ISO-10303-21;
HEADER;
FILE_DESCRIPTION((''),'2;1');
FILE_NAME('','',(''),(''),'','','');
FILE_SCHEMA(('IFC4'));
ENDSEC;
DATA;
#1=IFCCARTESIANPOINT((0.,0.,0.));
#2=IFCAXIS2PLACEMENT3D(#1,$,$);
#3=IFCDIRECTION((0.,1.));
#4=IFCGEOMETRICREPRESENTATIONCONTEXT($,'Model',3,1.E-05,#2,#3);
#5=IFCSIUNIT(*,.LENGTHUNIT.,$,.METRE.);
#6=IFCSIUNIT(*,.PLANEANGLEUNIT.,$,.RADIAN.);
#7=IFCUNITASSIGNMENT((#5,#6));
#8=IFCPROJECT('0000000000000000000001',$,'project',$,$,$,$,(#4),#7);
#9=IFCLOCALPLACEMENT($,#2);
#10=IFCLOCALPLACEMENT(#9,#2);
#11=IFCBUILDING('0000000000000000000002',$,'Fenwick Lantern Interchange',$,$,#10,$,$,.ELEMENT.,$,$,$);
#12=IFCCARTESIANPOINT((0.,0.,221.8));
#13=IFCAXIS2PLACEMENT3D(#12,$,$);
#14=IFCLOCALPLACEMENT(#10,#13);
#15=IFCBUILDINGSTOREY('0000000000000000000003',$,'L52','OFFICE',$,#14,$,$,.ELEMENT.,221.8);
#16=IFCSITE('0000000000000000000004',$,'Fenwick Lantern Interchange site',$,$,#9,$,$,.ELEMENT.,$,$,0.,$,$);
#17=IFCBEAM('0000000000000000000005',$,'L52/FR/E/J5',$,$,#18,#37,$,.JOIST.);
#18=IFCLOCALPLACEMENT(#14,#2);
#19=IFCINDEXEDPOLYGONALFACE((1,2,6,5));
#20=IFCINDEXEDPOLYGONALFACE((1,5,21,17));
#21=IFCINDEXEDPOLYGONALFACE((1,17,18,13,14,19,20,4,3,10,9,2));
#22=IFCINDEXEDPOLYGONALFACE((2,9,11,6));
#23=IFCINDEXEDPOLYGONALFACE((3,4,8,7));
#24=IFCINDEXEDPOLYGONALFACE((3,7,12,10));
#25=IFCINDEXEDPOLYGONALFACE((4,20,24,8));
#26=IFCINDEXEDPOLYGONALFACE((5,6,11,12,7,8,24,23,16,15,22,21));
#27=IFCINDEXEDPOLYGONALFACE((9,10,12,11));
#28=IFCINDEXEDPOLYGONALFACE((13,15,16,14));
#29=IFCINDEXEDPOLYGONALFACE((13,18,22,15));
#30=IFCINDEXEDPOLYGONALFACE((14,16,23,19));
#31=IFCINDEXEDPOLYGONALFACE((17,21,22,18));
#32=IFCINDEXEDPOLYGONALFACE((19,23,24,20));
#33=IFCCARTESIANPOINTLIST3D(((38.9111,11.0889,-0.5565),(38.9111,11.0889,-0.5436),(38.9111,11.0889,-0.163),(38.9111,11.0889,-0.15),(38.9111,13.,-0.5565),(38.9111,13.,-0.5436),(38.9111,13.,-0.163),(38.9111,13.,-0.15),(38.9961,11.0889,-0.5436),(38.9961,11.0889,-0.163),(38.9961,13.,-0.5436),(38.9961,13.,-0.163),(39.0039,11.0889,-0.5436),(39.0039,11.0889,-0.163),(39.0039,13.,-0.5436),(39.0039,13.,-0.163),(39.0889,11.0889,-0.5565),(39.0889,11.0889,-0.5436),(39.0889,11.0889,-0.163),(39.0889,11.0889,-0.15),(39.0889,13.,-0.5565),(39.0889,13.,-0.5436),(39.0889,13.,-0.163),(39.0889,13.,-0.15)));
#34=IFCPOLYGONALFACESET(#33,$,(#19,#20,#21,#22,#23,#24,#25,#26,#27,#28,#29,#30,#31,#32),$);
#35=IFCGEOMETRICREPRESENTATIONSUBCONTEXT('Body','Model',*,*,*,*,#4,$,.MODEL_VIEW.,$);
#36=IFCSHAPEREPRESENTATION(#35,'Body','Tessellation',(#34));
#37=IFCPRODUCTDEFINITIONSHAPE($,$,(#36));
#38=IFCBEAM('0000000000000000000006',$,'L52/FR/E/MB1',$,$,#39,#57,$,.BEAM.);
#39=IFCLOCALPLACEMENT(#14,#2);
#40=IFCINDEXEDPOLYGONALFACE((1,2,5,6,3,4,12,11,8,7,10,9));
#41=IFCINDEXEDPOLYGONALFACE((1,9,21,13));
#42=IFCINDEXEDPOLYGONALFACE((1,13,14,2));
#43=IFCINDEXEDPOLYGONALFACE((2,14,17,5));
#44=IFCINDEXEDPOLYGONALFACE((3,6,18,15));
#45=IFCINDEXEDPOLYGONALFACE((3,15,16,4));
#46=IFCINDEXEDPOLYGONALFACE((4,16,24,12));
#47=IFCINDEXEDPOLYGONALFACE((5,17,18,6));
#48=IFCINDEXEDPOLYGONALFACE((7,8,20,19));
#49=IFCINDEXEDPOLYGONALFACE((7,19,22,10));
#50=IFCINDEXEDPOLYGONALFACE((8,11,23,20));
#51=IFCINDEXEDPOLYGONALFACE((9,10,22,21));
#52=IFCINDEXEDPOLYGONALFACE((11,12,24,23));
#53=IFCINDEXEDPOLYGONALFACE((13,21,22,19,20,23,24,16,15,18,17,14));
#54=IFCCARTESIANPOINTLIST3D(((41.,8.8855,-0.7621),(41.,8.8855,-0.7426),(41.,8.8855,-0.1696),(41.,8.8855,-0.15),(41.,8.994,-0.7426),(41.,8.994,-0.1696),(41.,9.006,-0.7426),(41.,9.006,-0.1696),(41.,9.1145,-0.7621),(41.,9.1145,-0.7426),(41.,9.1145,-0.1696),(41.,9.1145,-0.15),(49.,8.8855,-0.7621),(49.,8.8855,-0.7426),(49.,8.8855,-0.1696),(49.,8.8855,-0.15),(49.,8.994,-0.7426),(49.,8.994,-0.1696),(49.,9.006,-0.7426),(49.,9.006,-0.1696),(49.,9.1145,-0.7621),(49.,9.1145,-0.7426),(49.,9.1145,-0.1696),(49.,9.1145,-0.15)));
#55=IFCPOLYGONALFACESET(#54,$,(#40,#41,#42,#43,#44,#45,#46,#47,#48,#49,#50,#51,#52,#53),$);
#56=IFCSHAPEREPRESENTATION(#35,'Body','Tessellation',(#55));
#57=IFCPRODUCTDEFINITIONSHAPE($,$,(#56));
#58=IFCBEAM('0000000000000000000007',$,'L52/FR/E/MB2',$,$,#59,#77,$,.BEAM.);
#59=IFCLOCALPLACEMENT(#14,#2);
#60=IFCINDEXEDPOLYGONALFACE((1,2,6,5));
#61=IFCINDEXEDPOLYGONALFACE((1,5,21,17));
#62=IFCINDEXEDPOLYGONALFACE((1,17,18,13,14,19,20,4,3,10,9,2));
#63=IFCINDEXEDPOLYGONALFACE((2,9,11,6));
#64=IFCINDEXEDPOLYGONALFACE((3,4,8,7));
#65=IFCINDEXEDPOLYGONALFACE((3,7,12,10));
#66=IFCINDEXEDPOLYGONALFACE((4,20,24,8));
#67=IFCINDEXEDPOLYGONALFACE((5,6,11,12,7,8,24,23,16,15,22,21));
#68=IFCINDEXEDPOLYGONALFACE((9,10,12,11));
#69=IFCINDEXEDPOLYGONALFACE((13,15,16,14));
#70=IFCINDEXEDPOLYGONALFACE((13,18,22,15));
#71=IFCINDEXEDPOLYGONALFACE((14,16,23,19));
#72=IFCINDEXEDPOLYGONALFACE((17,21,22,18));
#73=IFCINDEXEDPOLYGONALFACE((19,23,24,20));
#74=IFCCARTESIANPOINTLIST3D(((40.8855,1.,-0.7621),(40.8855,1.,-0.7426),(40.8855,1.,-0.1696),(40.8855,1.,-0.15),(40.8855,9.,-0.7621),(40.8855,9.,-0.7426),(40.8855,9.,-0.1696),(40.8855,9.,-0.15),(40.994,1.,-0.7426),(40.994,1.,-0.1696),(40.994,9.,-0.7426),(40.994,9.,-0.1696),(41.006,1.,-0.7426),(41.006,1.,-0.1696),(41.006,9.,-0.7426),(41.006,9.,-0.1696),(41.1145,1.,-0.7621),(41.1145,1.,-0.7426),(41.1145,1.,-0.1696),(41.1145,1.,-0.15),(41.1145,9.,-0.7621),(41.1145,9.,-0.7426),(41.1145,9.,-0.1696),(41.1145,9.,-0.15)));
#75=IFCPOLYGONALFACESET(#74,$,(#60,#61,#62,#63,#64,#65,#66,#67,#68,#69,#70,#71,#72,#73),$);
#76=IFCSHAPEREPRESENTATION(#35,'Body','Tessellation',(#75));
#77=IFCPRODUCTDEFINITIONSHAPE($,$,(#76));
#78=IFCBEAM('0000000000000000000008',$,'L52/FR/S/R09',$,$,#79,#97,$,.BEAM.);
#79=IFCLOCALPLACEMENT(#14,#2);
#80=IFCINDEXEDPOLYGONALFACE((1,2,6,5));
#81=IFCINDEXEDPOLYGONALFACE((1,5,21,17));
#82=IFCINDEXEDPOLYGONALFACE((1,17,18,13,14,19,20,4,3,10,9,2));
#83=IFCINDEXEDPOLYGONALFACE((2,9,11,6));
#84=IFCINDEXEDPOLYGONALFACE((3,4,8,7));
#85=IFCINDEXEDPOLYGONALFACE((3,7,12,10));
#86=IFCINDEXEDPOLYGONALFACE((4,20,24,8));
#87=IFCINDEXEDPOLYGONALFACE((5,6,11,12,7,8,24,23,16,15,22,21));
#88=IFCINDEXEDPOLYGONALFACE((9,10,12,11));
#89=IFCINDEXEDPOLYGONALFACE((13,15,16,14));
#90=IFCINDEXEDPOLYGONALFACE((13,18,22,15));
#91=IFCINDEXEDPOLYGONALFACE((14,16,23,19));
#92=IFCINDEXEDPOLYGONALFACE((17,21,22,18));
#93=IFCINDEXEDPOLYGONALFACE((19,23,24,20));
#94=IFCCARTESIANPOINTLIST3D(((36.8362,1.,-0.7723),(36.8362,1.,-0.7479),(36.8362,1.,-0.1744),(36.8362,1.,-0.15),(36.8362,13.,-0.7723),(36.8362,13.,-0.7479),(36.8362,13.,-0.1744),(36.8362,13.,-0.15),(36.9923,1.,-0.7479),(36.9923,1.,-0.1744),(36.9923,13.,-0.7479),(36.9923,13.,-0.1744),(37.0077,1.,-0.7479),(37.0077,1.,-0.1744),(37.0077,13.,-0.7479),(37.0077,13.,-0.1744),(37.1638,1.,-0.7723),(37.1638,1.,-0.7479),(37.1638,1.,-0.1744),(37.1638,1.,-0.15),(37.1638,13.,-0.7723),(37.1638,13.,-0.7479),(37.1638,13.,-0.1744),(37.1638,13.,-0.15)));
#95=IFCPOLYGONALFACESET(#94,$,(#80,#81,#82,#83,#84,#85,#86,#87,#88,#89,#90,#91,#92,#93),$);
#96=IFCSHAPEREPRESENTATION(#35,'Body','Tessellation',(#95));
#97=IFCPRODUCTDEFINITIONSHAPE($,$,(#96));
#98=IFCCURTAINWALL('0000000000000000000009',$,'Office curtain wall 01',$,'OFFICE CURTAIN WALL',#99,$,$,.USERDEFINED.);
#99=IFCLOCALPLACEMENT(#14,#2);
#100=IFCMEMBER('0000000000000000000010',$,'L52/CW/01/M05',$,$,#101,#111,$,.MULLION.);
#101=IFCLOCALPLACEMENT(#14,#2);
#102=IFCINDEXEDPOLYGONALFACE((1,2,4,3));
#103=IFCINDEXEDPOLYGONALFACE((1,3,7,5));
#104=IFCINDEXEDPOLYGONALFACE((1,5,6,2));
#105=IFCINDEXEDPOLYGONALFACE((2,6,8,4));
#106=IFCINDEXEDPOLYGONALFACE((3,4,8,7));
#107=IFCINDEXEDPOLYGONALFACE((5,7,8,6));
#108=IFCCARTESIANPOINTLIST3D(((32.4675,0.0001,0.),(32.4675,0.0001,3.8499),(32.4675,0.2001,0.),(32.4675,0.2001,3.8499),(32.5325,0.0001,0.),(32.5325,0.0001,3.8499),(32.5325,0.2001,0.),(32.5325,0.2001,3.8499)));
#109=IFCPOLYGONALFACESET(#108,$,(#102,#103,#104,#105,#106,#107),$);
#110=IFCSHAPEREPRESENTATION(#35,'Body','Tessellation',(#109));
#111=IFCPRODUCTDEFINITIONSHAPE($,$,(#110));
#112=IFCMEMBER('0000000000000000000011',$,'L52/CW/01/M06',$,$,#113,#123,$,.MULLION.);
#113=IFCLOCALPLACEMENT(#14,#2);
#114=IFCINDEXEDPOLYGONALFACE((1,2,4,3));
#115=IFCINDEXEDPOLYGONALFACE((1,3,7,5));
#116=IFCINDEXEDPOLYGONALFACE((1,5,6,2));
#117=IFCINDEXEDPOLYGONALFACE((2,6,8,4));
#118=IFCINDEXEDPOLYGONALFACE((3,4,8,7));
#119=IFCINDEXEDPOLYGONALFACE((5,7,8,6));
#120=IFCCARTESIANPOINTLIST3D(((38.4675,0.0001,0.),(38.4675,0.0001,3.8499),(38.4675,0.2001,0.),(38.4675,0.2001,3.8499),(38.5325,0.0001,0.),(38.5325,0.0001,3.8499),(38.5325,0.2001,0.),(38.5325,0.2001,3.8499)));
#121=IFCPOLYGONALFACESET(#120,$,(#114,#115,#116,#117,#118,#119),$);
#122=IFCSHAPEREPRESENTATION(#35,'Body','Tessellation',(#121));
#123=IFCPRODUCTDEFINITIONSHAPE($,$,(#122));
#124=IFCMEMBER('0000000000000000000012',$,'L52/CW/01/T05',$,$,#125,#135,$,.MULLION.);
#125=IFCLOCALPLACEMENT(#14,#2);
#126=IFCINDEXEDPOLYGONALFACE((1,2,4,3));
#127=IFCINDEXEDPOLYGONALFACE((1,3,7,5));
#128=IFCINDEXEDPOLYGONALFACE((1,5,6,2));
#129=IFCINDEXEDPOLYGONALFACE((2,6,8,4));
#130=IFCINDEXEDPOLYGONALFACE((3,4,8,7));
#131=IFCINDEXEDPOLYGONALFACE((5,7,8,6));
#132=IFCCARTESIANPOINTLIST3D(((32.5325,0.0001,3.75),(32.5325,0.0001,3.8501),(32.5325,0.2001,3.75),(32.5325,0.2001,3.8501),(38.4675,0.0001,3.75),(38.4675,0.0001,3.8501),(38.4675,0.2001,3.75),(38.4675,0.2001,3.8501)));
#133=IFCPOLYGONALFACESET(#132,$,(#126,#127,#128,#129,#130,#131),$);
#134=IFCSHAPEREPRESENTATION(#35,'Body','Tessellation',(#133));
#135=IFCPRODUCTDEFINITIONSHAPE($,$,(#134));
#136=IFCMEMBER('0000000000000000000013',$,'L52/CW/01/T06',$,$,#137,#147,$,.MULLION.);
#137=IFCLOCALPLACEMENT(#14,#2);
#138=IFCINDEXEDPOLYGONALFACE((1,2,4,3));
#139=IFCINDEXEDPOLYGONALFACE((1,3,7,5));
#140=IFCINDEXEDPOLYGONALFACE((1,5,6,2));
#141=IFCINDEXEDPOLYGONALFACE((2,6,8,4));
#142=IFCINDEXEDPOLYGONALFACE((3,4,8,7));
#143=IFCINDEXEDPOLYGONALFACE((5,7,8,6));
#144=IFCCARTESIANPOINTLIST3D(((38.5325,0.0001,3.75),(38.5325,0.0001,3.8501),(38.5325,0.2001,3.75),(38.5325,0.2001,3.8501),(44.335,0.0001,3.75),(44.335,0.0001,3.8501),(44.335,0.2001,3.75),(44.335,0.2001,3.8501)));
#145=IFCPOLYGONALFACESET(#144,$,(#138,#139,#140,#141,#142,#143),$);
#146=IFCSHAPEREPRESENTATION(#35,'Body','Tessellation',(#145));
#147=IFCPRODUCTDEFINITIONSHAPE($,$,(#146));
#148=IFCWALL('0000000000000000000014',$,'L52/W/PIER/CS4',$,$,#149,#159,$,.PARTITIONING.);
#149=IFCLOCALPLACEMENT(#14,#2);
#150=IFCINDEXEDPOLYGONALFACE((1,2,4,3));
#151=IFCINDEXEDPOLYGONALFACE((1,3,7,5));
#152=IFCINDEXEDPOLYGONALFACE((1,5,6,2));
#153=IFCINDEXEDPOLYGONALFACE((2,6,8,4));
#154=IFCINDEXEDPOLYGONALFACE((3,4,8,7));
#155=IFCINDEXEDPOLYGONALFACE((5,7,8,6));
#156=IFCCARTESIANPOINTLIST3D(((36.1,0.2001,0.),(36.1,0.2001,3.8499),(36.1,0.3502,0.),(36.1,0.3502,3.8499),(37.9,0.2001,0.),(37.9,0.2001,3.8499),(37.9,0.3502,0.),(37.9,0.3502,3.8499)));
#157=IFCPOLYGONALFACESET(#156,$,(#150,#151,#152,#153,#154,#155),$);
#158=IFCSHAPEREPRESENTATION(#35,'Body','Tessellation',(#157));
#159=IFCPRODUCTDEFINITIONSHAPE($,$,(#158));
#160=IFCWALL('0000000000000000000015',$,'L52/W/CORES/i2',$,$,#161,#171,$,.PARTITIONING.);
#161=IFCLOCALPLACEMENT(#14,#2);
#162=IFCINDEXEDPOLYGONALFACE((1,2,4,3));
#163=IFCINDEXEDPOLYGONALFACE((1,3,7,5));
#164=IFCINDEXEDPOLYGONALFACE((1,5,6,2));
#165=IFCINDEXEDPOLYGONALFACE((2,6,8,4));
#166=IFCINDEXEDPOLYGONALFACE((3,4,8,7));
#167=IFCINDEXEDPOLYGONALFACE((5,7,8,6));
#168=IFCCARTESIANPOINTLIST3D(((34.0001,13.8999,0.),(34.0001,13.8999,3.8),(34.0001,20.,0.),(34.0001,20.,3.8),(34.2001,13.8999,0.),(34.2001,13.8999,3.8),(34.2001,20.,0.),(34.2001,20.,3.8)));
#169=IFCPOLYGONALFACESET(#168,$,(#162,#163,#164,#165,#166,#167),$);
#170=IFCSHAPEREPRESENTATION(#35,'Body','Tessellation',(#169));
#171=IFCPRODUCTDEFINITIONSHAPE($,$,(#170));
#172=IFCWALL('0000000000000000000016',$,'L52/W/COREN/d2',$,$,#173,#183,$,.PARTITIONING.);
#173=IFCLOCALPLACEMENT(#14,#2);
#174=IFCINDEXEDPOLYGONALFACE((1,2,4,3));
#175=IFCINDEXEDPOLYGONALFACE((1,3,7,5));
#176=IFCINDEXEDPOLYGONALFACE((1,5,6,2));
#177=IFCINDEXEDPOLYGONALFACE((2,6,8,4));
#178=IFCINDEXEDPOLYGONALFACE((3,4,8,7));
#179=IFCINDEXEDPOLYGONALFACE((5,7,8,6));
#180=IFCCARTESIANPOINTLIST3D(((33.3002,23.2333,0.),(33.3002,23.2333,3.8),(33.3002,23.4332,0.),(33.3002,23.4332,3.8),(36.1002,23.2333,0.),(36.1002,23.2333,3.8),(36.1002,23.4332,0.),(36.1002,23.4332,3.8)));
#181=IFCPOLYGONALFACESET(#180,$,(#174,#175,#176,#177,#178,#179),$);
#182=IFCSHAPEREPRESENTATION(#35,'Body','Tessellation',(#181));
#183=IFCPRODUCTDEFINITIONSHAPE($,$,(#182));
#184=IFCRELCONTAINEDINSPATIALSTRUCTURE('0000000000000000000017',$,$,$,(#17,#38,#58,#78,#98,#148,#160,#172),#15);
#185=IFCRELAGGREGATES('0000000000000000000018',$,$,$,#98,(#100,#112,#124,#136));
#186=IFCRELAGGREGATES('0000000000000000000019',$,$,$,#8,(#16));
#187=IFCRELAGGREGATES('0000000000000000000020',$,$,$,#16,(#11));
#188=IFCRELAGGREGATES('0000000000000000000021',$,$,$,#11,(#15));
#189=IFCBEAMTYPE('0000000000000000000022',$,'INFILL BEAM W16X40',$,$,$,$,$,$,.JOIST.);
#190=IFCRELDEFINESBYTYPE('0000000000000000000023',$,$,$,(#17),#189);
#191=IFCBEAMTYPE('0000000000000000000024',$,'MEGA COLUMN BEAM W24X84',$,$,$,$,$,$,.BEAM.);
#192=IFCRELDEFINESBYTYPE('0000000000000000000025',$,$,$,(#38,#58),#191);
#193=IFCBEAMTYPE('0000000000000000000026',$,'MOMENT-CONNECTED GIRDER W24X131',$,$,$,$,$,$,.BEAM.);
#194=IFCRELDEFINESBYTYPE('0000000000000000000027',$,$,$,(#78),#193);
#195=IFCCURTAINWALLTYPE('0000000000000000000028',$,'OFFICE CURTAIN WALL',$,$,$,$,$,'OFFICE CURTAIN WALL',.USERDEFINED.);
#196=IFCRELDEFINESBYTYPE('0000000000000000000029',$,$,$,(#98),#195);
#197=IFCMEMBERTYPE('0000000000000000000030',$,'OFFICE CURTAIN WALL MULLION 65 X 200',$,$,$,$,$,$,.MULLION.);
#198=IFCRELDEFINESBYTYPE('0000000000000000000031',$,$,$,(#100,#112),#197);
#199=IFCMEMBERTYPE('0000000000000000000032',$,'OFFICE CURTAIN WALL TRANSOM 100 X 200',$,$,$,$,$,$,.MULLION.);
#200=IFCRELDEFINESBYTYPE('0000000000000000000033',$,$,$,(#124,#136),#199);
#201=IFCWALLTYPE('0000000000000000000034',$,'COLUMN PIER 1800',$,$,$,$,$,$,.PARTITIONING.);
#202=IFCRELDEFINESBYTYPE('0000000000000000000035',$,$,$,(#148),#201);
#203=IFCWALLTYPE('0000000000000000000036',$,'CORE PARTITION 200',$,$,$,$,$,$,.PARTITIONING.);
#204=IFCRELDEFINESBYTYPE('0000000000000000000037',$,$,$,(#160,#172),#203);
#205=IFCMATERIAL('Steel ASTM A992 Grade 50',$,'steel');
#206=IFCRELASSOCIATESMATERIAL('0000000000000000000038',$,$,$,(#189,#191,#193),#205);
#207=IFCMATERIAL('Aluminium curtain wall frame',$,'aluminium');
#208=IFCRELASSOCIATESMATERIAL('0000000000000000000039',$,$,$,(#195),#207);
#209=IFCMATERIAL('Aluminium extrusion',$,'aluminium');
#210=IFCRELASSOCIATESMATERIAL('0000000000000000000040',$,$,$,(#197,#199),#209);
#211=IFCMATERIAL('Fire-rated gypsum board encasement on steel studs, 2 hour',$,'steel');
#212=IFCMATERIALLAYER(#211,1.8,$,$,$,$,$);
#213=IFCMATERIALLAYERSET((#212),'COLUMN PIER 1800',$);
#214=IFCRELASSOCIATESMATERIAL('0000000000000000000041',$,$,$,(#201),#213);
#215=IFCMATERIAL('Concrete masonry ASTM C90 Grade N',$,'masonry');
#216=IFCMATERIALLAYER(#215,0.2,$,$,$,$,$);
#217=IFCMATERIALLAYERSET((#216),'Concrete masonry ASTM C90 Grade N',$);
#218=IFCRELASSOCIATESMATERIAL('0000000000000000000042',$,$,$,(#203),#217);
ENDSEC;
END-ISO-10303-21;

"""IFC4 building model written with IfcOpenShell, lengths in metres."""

from ifc_helpers import new_model, si_unit, direction, frame, frame_2d, origin, origin_2d, place, context, subcontext, project, spatial, rectangle, i_section, extrude, material, layer, layer_set, material_profile, profile_set, type_object, element, aggregate, save


model = new_model("IFC4")

# Units and contexts
model_context = context("Model", 3, precision=1e-05, world=origin(), true_north=direction((0.0, 1.0)))
body_context = subcontext(model_context, "Body", "Model", "MODEL_VIEW")
ifc_project = project(units=[si_unit("LENGTHUNIT", "METRE"), si_unit("PLANEANGLEUNIT", "RADIAN")], contexts=[model_context])

# Site, building, storey
site_placement = place(None, origin())
site = spatial("IfcSite", under=ifc_project, at=site_placement, Name="Fenwick Lantern Interchange site", CompositionType="ELEMENT", RefElevation=0.0)
building_placement = place(site_placement, origin())
building = spatial("IfcBuilding", under=site, at=building_placement, Name="Fenwick Lantern Interchange", CompositionType="ELEMENT")
storey_placement = place(building_placement, frame((0.0, 0.0, 221.8)))
storey = spatial("IfcBuildingStorey", under=building, at=storey_placement, Name="L52", Description="OFFICE", CompositionType="ELEMENT", Elevation=221.8)

# Beams
ifc_material_1 = material(Name="Steel ASTM A992 Grade 50", Category="steel")
ifc_material_profile_1 = material_profile(ifc_material_1, i_section(OverallWidth=0.1777, OverallDepth=0.4065, WebThickness=0.0078, FlangeThickness=0.0129, at=origin_2d()), Name="W16X40")
ifc_profile_set_1 = profile_set([ifc_material_profile_1], Name="Steel ASTM A992 Grade 50")
beam_type_1 = type_object("IfcBeamType", Name="INFILL BEAM W16X40", PredefinedType="JOIST", material=ifc_profile_set_1)
beam_1_placement = place(storey_placement, frame((39.0, 11.0889, -0.3533), z_axis=(0.0, 1.0, 0.0), x_axis=(-1.0, 0.0, 0.0)))
element("IfcBeam", 1, at=beam_1_placement, inside=storey, type_object=beam_type_1, Name="L52/FR/E/J5", PredefinedType="JOIST", context=body_context, shape_type="SweptSolid", body=[
    extrude(i_section(OverallWidth=0.1777, OverallDepth=0.4065, WebThickness=0.0078, FlangeThickness=0.0129, at=origin_2d()), origin(), (0.0, 0.0, 1.0), 1.9111),
])
ifc_material_profile_2 = material_profile(ifc_material_1, i_section(OverallWidth=0.229, OverallDepth=0.6121, WebThickness=0.012, FlangeThickness=0.0195, at=origin_2d()), Name="W24X84")
ifc_profile_set_2 = profile_set([ifc_material_profile_2], Name="Steel ASTM A992 Grade 50")
beam_type_2 = type_object("IfcBeamType", Name="MEGA COLUMN BEAM W24X84", PredefinedType="BEAM", material=ifc_profile_set_2)
for number, where, z_axis, x_axis, name in (
    (2, (41.0, 9.0, -0.4561), (1.0, 0.0, 0.0), (0.0, 1.0, 0.0), "L52/FR/E/MB1"),
    (3, (41.0, 9.0, -0.4561), (0.0, -1.0, 0.0), (1.0, 0.0, 0.0), "L52/FR/E/MB2"),
):
    element("IfcBeam", number, at=place(storey_placement, frame(where, z_axis=z_axis, x_axis=x_axis)), inside=storey, type_object=beam_type_2, Name=name, PredefinedType="BEAM", context=body_context, shape_type="SweptSolid", body=[
        extrude(i_section(OverallWidth=0.229, OverallDepth=0.6121, WebThickness=0.012, FlangeThickness=0.0195, at=origin_2d()), origin(), (0.0, 0.0, 1.0), 8.0),
    ])
ifc_material_profile_3 = material_profile(ifc_material_1, i_section(OverallWidth=0.3276, OverallDepth=0.6223, WebThickness=0.0154, FlangeThickness=0.0244, at=origin_2d()), Name="W24X131")
ifc_profile_set_3 = profile_set([ifc_material_profile_3], Name="Steel ASTM A992 Grade 50")
beam_type_3 = type_object("IfcBeamType", Name="MOMENT-CONNECTED GIRDER W24X131", PredefinedType="BEAM", material=ifc_profile_set_3)
beam_2_placement = place(storey_placement, frame((37.0, 1.0, -0.4612), z_axis=(0.0, 1.0, 0.0), x_axis=(-1.0, 0.0, 0.0)))
element("IfcBeam", 4, at=beam_2_placement, inside=storey, type_object=beam_type_3, Name="L52/FR/S/R09", PredefinedType="BEAM", context=body_context, shape_type="SweptSolid", body=[
    extrude(i_section(OverallWidth=0.3276, OverallDepth=0.6223, WebThickness=0.0154, FlangeThickness=0.0244, at=origin_2d()), origin(), (0.0, 0.0, 1.0), 12.0),
])

# Curtain wall, members
ifc_material_2 = material(Name="Aluminium curtain wall frame", Category="aluminium")
curtain_wall_type = type_object("IfcCurtainWallType", Name="OFFICE CURTAIN WALL", ElementType="OFFICE CURTAIN WALL", PredefinedType="USERDEFINED", material=ifc_material_2)
curtain_wall_placement = place(storey_placement, origin())
curtain_wall = element("IfcCurtainWall", 5, at=curtain_wall_placement, inside=storey, type_object=curtain_wall_type, Name="Office curtain wall 01", ObjectType="OFFICE CURTAIN WALL", PredefinedType="USERDEFINED")
ifc_material_3 = material(Name="Aluminium extrusion", Category="aluminium")
ifc_material_profile_4 = material_profile(ifc_material_3, rectangle(XDim=0.2, YDim=0.0649, at=origin_2d()), Name="OFFICE CURTAIN WALL MULLION 65 X 200")
ifc_profile_set_4 = profile_set([ifc_material_profile_4], Name="Aluminium extrusion")
member_type_1 = type_object("IfcMemberType", Name="OFFICE CURTAIN WALL MULLION 65 X 200", PredefinedType="MULLION", material=ifc_profile_set_4)
member_1_placement = place(storey_placement, frame((32.5, 0.1001, 0.0), z_axis=(0.0, 0.0, 1.0), x_axis=(0.0, 1.0, 0.0)))
member_1 = element("IfcMember", 6, at=member_1_placement, type_object=member_type_1, Name="L52/CW/01/M05", PredefinedType="MULLION", context=body_context, shape_type="SweptSolid", body=[
    extrude(rectangle(XDim=0.2, YDim=0.0649, at=origin_2d()), origin(), (0.0, 0.0, 1.0), 3.8499),
])
member_2_placement = place(storey_placement, frame((38.5, 0.1001, 0.0), z_axis=(0.0, 0.0, 1.0), x_axis=(0.0, 1.0, 0.0)))
member_2 = element("IfcMember", 7, at=member_2_placement, type_object=member_type_1, Name="L52/CW/01/M06", PredefinedType="MULLION", context=body_context, shape_type="SweptSolid", body=[
    extrude(rectangle(XDim=0.2, YDim=0.0649, at=origin_2d()), origin(), (0.0, 0.0, 1.0), 3.8499),
])
ifc_material_profile_5 = material_profile(ifc_material_3, rectangle(XDim=0.2, YDim=0.1001, at=origin_2d()), Name="OFFICE CURTAIN WALL TRANSOM 100 X 200")
ifc_profile_set_5 = profile_set([ifc_material_profile_5], Name="Aluminium extrusion")
member_type_2 = type_object("IfcMemberType", Name="OFFICE CURTAIN WALL TRANSOM 100 X 200", PredefinedType="MULLION", material=ifc_profile_set_5)
member_3_placement = place(storey_placement, frame((32.5325, 0.1001, 3.8), z_axis=(1.0, 0.0, 0.0), x_axis=(0.0, 1.0, 0.0)))
member_3 = element("IfcMember", 8, at=member_3_placement, type_object=member_type_2, Name="L52/CW/01/T05", PredefinedType="MULLION", context=body_context, shape_type="SweptSolid", body=[
    extrude(rectangle(XDim=0.2, YDim=0.1001, at=origin_2d()), origin(), (0.0, 0.0, 1.0), 5.9351),
])
member_4_placement = place(storey_placement, frame((38.5325, 0.1001, 3.8), z_axis=(1.0, 0.0, 0.0), x_axis=(0.0, 1.0, 0.0)))
member_4 = element("IfcMember", 9, at=member_4_placement, type_object=member_type_2, Name="L52/CW/01/T06", PredefinedType="MULLION", context=body_context, shape_type="SweptSolid", body=[
    extrude(rectangle(XDim=0.2, YDim=0.1001, at=origin_2d()), origin(), (0.0, 0.0, 1.0), 5.8025),
])
aggregate(curtain_wall, [member_1, member_2, member_3, member_4])

# Walls
ifc_material_4 = material(Name="Fire-rated gypsum board encasement on steel studs, 2 hour", Category="steel")
ifc_layer_1 = layer(ifc_material_4, 1.8)
ifc_layer_set_1 = layer_set([ifc_layer_1], Name="COLUMN PIER 1800")
wall_type_1 = type_object("IfcWallType", Name="COLUMN PIER 1800", PredefinedType="PARTITIONING", material=ifc_layer_set_1)
wall_1_placement = place(storey_placement, frame((37.0, 0.2, 0.0), z_axis=(0.0, 0.0, 1.0), x_axis=(0.0, 1.0, 0.0)))
element("IfcWall", 10, at=wall_1_placement, inside=storey, type_object=wall_type_1, Name="L52/W/PIER/CS4", PredefinedType="PARTITIONING", context=body_context, shape_type="SweptSolid", body=[
    extrude(rectangle(XDim=0.1501, YDim=1.8, at=frame_2d((0.0752, 0.0))), origin(), (0.0, 0.0, 1.0), 3.8499),
])
ifc_material_5 = material(Name="Concrete masonry ASTM C90 Grade N", Category="masonry")
ifc_layer_2 = layer(ifc_material_5, 0.2)
ifc_layer_set_2 = layer_set([ifc_layer_2], Name="Concrete masonry ASTM C90 Grade N")
wall_type_2 = type_object("IfcWallType", Name="CORE PARTITION 200", PredefinedType="PARTITIONING", material=ifc_layer_set_2)
wall_2_placement = place(storey_placement, frame((34.1001, 13.8999, 0.0), z_axis=(0.0, 0.0, 1.0), x_axis=(0.0, 1.0, 0.0)))
element("IfcWall", 11, at=wall_2_placement, inside=storey, type_object=wall_type_2, Name="L52/W/CORES/i2", PredefinedType="PARTITIONING", context=body_context, shape_type="SweptSolid", body=[
    extrude(rectangle(XDim=6.1001, YDim=0.2, at=frame_2d((3.05, 0.0))), origin(), (0.0, 0.0, 1.0), 3.8),
])
wall_3_placement = place(storey_placement, frame((36.1001, 23.3333, 0.0), z_axis=(0.0, 0.0, 1.0), x_axis=(-1.0, 0.0, 0.0)))
element("IfcWall", 12, at=wall_3_placement, inside=storey, type_object=wall_type_2, Name="L52/W/COREN/d2", PredefinedType="PARTITIONING", context=body_context, shape_type="SweptSolid", body=[
    extrude(rectangle(XDim=2.8, YDim=0.2, at=frame_2d((1.3999, 0.0))), origin(), (0.0, 0.0, 1.0), 3.8),
])

save(model, "model.ifc")
